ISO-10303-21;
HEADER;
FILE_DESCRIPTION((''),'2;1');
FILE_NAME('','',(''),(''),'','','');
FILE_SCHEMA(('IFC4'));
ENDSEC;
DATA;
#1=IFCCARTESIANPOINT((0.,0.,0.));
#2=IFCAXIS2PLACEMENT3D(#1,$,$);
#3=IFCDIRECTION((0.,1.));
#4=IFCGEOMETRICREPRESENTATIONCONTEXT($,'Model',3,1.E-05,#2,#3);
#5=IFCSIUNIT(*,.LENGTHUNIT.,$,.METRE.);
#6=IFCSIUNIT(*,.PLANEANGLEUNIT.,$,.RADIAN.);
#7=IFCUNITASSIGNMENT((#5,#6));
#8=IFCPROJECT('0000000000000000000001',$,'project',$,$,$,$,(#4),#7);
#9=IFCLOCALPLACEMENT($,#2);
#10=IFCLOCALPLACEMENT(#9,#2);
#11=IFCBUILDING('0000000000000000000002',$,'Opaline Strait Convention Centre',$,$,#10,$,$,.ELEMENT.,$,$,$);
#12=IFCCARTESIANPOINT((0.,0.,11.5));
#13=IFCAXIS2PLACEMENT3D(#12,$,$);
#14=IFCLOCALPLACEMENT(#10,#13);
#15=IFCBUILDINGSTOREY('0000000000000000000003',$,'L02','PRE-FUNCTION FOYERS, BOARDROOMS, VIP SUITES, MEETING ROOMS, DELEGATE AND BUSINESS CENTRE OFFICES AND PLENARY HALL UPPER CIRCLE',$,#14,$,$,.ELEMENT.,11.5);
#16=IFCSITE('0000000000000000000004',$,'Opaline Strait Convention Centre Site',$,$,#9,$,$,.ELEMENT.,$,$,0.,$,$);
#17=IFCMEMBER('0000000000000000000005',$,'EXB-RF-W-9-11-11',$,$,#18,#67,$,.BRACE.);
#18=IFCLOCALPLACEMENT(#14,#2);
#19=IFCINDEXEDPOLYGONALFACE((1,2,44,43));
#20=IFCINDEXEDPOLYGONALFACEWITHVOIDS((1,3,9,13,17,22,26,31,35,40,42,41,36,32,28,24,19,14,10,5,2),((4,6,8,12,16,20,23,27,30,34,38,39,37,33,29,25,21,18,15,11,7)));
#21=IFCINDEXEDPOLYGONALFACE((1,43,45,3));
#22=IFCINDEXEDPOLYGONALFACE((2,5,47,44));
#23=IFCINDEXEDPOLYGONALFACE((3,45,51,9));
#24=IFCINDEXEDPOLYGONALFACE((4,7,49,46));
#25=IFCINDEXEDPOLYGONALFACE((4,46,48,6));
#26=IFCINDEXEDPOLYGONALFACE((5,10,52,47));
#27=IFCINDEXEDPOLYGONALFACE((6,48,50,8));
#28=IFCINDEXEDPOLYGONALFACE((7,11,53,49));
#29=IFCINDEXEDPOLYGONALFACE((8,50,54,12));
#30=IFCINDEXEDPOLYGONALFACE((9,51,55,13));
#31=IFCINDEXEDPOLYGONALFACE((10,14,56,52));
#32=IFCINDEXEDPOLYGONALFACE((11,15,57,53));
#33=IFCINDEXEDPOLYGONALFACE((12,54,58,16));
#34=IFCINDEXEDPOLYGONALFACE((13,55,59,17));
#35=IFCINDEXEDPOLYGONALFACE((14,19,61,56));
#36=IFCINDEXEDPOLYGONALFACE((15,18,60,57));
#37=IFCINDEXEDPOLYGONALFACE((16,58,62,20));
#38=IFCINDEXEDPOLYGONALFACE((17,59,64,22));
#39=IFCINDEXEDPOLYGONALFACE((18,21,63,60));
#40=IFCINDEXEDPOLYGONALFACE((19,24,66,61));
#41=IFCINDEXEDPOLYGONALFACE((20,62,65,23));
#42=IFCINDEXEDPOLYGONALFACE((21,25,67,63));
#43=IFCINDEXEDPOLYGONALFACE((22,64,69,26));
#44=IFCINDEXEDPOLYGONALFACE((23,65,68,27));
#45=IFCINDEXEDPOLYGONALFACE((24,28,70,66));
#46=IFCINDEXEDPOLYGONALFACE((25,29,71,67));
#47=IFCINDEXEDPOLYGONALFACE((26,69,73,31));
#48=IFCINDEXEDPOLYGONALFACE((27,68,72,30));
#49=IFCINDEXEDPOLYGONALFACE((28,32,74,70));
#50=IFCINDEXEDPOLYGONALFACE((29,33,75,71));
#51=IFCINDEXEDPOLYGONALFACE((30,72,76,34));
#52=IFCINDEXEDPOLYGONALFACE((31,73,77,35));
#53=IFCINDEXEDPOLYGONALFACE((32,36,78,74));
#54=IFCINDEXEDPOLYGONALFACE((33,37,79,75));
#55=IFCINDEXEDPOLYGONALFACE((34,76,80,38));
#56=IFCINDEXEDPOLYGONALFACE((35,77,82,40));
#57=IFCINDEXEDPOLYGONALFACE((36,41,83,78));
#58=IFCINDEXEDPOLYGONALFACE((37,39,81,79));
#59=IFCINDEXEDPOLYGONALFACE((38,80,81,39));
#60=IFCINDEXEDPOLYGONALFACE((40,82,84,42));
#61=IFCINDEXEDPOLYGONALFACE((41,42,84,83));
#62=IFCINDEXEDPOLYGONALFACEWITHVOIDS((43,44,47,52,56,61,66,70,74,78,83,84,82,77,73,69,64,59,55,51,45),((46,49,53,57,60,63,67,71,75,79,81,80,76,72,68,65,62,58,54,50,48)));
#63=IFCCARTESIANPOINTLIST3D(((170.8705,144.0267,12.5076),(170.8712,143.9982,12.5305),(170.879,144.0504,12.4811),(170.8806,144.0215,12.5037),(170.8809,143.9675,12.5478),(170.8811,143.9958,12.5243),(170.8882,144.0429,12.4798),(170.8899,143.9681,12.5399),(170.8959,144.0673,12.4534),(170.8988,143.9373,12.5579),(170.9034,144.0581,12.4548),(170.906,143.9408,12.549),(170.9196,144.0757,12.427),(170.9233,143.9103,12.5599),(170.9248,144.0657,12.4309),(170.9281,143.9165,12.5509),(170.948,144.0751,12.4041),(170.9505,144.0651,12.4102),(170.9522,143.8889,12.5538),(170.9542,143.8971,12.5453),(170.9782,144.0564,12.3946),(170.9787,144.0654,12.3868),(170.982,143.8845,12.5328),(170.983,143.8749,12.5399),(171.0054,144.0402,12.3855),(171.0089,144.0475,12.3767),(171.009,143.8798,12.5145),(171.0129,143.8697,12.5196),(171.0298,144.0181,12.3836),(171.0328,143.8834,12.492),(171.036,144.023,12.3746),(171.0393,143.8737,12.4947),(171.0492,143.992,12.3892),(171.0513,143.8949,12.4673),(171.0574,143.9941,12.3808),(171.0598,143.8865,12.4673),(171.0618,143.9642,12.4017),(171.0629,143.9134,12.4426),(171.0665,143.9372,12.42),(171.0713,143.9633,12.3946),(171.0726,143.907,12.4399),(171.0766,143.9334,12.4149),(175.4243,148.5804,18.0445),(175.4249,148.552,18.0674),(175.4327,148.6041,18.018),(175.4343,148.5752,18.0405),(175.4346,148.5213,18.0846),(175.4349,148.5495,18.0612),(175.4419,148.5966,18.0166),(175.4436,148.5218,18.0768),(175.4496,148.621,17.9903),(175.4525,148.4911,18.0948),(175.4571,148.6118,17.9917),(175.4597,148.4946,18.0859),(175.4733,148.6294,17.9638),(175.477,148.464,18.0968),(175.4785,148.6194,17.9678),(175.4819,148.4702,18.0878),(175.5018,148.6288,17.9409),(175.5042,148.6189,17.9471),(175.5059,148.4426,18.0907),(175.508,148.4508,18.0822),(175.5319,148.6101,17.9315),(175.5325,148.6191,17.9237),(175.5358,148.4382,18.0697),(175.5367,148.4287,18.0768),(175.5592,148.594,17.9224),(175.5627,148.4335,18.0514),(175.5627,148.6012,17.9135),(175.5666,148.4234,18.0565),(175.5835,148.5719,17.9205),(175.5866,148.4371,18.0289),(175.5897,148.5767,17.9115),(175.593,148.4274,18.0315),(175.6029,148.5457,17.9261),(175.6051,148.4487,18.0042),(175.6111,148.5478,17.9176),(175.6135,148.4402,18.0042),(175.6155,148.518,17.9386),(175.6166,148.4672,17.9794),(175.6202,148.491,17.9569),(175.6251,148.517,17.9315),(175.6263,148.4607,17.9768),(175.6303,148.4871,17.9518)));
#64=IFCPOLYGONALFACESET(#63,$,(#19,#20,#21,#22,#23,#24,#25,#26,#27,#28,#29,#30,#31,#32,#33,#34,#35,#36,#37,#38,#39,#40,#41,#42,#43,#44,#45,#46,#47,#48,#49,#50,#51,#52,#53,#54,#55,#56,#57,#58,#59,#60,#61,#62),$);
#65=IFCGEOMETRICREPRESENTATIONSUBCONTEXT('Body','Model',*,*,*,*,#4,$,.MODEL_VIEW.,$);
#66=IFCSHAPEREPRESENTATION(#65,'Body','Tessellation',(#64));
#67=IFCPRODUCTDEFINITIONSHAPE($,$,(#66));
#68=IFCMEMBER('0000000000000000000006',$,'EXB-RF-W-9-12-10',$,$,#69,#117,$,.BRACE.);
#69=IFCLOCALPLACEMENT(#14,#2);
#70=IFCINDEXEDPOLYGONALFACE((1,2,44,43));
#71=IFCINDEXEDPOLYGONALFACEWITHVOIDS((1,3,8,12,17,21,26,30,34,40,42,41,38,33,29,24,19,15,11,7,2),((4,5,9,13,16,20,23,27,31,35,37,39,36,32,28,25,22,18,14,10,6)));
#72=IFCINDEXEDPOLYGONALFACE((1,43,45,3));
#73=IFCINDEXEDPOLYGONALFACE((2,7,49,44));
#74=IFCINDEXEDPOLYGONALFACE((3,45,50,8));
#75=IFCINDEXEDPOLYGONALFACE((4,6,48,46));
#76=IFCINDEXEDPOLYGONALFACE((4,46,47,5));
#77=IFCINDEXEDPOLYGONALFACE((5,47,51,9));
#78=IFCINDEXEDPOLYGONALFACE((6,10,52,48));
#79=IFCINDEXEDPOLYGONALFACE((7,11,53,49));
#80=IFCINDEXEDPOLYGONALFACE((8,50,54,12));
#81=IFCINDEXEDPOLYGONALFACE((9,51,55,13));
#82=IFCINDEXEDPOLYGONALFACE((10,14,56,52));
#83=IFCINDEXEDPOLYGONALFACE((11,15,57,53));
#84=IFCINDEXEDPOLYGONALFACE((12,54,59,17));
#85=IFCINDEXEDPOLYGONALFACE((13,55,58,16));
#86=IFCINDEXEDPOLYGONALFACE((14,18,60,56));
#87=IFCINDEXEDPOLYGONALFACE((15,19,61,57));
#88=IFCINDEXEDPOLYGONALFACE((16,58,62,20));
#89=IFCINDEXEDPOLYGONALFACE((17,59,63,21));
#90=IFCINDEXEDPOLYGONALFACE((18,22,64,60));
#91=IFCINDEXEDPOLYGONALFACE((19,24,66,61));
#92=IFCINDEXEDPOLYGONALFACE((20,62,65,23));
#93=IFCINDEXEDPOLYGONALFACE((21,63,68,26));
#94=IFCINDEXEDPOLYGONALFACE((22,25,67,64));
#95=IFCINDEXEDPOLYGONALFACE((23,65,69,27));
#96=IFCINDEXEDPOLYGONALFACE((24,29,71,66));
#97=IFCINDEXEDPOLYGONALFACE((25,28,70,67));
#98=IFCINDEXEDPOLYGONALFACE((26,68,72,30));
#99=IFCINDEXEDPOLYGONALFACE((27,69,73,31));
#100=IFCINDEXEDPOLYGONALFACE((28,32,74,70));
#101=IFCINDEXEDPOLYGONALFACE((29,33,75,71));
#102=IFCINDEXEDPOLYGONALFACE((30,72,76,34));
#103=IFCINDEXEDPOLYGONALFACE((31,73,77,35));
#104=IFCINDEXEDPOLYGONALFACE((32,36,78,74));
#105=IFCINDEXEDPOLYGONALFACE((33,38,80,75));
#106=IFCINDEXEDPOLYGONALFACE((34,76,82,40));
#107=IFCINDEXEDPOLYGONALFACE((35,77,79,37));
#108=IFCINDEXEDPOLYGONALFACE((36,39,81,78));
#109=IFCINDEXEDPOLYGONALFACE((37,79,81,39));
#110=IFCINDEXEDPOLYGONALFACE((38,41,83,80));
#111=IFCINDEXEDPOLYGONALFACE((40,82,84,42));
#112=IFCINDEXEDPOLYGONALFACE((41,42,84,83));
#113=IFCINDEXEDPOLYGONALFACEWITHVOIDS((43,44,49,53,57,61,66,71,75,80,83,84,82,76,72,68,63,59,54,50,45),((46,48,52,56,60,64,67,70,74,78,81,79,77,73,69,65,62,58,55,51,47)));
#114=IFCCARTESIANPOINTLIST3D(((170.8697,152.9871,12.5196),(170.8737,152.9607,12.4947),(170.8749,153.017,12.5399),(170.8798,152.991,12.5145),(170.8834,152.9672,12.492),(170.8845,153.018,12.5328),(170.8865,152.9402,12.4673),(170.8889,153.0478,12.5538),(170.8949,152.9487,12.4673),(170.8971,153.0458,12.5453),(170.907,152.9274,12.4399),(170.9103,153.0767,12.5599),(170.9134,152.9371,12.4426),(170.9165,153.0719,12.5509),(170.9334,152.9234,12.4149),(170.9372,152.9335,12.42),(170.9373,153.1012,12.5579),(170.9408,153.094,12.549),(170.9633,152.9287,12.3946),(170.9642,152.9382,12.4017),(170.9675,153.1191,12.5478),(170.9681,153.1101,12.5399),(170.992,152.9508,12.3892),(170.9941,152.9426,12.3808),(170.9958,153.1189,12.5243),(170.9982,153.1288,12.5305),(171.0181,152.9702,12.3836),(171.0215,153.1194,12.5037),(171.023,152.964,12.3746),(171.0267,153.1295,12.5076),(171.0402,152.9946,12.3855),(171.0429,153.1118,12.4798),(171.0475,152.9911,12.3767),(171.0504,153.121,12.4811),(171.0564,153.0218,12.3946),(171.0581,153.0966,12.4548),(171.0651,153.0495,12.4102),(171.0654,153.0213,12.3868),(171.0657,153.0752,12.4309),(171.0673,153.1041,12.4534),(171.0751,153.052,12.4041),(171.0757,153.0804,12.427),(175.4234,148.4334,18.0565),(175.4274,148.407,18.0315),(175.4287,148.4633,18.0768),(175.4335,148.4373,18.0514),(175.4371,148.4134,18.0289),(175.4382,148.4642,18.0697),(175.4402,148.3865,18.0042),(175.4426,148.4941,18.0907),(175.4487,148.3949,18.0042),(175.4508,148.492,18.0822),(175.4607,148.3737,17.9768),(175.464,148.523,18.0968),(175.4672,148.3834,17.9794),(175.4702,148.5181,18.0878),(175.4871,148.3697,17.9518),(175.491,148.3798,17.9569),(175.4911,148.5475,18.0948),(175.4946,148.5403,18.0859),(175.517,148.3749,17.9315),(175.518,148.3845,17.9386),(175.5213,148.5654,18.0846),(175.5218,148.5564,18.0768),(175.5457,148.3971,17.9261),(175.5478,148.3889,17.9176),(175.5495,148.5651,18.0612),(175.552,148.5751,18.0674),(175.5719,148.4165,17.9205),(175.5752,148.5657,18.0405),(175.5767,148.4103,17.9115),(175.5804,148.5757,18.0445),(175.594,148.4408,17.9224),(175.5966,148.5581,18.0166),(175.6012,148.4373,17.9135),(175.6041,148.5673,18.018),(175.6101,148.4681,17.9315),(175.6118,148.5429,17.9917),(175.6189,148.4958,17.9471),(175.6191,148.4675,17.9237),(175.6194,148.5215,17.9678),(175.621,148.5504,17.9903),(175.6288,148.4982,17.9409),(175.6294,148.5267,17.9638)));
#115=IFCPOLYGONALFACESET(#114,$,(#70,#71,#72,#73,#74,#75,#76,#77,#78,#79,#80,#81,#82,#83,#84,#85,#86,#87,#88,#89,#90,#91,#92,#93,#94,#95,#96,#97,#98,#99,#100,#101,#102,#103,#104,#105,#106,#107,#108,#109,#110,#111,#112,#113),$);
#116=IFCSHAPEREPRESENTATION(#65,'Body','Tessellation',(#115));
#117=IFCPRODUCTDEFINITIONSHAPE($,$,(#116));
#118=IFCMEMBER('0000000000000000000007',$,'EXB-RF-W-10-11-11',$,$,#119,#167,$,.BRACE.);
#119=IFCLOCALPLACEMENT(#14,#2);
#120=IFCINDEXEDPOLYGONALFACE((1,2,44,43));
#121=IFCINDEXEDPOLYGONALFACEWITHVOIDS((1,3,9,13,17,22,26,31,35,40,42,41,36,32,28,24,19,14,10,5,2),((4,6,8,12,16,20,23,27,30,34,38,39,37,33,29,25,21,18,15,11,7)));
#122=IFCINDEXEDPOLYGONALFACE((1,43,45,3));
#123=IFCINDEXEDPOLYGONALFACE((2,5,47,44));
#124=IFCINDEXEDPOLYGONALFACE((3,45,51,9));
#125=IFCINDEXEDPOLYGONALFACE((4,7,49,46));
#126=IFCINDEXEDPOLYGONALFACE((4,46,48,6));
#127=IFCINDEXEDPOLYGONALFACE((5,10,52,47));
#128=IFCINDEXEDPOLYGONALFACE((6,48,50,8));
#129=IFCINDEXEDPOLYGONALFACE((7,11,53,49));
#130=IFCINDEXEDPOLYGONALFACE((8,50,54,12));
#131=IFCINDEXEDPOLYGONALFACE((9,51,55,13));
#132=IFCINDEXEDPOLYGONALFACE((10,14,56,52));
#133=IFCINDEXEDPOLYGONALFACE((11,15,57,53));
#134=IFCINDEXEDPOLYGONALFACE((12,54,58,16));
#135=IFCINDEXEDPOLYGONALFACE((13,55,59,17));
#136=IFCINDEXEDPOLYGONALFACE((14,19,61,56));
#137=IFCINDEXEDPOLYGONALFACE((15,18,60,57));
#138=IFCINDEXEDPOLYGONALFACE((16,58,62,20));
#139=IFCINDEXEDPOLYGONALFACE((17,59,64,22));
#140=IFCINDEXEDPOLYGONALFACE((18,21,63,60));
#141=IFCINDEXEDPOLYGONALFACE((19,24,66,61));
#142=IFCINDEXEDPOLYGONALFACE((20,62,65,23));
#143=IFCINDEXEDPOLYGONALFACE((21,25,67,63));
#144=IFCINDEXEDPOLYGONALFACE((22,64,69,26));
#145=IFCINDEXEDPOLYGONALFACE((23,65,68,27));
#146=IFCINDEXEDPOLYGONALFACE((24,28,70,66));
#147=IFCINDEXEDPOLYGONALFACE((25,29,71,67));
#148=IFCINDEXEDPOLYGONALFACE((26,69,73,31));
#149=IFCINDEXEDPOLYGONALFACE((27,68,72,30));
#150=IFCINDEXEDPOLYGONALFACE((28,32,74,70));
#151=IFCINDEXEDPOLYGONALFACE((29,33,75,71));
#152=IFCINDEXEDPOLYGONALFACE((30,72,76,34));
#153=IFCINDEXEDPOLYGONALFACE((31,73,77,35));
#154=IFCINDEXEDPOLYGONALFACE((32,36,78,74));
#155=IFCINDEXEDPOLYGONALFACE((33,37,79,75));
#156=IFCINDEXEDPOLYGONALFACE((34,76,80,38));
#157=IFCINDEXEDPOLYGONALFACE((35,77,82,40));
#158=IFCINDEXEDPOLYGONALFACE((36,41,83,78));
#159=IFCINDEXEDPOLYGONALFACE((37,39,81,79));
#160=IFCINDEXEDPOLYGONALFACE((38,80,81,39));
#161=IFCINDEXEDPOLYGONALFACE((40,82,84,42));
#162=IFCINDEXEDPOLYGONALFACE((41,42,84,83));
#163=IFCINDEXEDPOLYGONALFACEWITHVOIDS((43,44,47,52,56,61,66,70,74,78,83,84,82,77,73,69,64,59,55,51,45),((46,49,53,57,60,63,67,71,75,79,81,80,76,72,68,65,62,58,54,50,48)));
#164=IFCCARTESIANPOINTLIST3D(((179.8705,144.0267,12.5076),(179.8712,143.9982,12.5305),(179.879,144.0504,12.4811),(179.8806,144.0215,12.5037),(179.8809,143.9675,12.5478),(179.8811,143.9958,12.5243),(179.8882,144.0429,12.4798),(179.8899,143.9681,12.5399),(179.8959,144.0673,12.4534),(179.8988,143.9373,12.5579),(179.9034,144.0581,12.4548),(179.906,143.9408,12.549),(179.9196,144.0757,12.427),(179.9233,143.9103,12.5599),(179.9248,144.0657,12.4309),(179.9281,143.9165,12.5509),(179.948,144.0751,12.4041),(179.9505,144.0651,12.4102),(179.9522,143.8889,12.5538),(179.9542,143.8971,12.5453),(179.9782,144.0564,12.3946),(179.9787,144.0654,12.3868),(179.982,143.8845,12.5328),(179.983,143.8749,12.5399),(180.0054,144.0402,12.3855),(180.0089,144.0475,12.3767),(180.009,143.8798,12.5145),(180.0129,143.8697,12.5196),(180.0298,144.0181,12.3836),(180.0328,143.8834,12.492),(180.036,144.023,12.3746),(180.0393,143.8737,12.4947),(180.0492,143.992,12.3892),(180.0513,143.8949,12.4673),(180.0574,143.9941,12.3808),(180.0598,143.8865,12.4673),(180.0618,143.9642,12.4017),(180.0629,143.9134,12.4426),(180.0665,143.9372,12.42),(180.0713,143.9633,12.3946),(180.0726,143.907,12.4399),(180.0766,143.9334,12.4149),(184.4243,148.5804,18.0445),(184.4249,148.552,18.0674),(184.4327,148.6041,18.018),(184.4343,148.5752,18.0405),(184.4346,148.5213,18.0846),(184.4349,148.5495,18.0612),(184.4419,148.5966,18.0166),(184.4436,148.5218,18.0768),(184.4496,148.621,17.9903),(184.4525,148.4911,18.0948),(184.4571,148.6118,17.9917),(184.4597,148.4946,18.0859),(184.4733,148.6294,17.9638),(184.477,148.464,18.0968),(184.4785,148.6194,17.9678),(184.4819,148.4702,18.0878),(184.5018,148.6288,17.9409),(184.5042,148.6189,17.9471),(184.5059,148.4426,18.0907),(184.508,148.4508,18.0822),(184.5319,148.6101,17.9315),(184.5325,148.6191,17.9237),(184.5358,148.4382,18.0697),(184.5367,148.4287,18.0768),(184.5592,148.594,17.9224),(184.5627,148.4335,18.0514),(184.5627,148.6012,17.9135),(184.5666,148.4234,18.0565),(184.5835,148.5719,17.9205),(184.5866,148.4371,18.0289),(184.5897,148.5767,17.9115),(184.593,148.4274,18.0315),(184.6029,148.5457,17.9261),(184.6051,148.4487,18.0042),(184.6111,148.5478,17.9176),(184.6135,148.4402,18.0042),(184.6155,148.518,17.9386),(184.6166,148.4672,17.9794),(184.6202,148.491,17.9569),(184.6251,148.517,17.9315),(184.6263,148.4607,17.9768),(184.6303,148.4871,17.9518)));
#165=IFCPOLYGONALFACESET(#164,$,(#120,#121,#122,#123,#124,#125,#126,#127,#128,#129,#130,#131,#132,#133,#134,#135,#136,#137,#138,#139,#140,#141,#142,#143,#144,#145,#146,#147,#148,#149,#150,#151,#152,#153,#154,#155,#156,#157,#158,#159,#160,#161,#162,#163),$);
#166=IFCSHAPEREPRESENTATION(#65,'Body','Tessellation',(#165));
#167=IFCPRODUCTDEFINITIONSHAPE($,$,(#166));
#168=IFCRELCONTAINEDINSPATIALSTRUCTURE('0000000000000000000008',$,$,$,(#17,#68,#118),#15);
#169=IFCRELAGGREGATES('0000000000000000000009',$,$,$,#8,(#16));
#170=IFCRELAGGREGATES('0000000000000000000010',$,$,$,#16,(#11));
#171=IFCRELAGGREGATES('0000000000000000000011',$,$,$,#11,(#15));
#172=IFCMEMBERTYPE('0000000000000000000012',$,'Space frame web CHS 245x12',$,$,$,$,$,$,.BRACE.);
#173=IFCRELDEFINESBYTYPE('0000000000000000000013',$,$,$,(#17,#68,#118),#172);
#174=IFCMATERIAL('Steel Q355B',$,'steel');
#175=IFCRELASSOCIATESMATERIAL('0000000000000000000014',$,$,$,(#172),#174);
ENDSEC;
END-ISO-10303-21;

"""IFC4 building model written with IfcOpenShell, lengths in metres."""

from ifc_helpers import new_model, si_unit, direction, frame, origin, origin_2d, place, context, subcontext, project, spatial, hollow_circle, extrude, material, material_profile, profile_set, type_object, element, save


model = new_model("IFC4")

# Units and contexts
model_context = context("Model", 3, precision=1e-05, world=origin(), true_north=direction((0.0, 1.0)))
body_context = subcontext(model_context, "Body", "Model", "MODEL_VIEW")
ifc_project = project(units=[si_unit("LENGTHUNIT", "METRE"), si_unit("PLANEANGLEUNIT", "RADIAN")], contexts=[model_context])

# Site, building, storey
site_placement = place(None, origin())
site = spatial("IfcSite", under=ifc_project, at=site_placement, Name="Opaline Strait Convention Centre Site", CompositionType="ELEMENT", RefElevation=0.0)
building_placement = place(site_placement, origin())
building = spatial("IfcBuilding", under=site, at=building_placement, Name="Opaline Strait Convention Centre", CompositionType="ELEMENT")
storey_placement = place(building_placement, frame((0.0, 0.0, 11.5)))
storey = spatial("IfcBuildingStorey", under=building, at=storey_placement, Name="L02", Description="PRE-FUNCTION FOYERS, BOARDROOMS, VIP SUITES, MEETING ROOMS, DELEGATE AND BUSINESS CENTRE OFFICES AND PLENARY HALL UPPER CIRCLE", CompositionType="ELEMENT", Elevation=11.5)

# Shared definitions
ifc_material_1 = material(Name="Steel Q355B", Category="steel")

# Members
ifc_material_profile_1 = material_profile(ifc_material_1, hollow_circle(Radius=0.1226, WallThickness=0.012, at=origin_2d()), Name="CHS 245x12")
ifc_profile_set_1 = profile_set([ifc_material_profile_1], Name="Steel Q355B")
member_type_1 = type_object("IfcMemberType", Name="Space frame web CHS 245x12", PredefinedType="BRACE", material=ifc_profile_set_1)
for number, where, z_axis, x_axis, name in (
    (1, (175.5269, 148.5269, 18.0042), (-0.536178, -0.536178, -0.65194), (0.707107, -0.707107, 0.0), "EXB-RF-W-9-11-11"),
    (2, (175.5269, 148.4731, 18.0042), (-0.536178, 0.536178, -0.65194), (-0.707107, -0.707107, 0.0), "EXB-RF-W-9-12-10"),
    (3, (184.5269, 148.5269, 18.0042), (-0.536178, -0.536178, -0.65194), (0.707107, -0.707107, 0.0), "EXB-RF-W-10-11-11"),
):
    element("IfcMember", number, at=place(storey_placement, frame(where, z_axis=z_axis, x_axis=x_axis)), inside=storey, type_object=member_type_1, Name=name, PredefinedType="BRACE", context=body_context, shape_type="SweptSolid", body=[
        extrude(hollow_circle(Radius=0.1226, WallThickness=0.012, at=origin_2d()), origin(), (0.0, 0.0, 1.0), 8.4929),
    ])

save(model, "model.ifc")
